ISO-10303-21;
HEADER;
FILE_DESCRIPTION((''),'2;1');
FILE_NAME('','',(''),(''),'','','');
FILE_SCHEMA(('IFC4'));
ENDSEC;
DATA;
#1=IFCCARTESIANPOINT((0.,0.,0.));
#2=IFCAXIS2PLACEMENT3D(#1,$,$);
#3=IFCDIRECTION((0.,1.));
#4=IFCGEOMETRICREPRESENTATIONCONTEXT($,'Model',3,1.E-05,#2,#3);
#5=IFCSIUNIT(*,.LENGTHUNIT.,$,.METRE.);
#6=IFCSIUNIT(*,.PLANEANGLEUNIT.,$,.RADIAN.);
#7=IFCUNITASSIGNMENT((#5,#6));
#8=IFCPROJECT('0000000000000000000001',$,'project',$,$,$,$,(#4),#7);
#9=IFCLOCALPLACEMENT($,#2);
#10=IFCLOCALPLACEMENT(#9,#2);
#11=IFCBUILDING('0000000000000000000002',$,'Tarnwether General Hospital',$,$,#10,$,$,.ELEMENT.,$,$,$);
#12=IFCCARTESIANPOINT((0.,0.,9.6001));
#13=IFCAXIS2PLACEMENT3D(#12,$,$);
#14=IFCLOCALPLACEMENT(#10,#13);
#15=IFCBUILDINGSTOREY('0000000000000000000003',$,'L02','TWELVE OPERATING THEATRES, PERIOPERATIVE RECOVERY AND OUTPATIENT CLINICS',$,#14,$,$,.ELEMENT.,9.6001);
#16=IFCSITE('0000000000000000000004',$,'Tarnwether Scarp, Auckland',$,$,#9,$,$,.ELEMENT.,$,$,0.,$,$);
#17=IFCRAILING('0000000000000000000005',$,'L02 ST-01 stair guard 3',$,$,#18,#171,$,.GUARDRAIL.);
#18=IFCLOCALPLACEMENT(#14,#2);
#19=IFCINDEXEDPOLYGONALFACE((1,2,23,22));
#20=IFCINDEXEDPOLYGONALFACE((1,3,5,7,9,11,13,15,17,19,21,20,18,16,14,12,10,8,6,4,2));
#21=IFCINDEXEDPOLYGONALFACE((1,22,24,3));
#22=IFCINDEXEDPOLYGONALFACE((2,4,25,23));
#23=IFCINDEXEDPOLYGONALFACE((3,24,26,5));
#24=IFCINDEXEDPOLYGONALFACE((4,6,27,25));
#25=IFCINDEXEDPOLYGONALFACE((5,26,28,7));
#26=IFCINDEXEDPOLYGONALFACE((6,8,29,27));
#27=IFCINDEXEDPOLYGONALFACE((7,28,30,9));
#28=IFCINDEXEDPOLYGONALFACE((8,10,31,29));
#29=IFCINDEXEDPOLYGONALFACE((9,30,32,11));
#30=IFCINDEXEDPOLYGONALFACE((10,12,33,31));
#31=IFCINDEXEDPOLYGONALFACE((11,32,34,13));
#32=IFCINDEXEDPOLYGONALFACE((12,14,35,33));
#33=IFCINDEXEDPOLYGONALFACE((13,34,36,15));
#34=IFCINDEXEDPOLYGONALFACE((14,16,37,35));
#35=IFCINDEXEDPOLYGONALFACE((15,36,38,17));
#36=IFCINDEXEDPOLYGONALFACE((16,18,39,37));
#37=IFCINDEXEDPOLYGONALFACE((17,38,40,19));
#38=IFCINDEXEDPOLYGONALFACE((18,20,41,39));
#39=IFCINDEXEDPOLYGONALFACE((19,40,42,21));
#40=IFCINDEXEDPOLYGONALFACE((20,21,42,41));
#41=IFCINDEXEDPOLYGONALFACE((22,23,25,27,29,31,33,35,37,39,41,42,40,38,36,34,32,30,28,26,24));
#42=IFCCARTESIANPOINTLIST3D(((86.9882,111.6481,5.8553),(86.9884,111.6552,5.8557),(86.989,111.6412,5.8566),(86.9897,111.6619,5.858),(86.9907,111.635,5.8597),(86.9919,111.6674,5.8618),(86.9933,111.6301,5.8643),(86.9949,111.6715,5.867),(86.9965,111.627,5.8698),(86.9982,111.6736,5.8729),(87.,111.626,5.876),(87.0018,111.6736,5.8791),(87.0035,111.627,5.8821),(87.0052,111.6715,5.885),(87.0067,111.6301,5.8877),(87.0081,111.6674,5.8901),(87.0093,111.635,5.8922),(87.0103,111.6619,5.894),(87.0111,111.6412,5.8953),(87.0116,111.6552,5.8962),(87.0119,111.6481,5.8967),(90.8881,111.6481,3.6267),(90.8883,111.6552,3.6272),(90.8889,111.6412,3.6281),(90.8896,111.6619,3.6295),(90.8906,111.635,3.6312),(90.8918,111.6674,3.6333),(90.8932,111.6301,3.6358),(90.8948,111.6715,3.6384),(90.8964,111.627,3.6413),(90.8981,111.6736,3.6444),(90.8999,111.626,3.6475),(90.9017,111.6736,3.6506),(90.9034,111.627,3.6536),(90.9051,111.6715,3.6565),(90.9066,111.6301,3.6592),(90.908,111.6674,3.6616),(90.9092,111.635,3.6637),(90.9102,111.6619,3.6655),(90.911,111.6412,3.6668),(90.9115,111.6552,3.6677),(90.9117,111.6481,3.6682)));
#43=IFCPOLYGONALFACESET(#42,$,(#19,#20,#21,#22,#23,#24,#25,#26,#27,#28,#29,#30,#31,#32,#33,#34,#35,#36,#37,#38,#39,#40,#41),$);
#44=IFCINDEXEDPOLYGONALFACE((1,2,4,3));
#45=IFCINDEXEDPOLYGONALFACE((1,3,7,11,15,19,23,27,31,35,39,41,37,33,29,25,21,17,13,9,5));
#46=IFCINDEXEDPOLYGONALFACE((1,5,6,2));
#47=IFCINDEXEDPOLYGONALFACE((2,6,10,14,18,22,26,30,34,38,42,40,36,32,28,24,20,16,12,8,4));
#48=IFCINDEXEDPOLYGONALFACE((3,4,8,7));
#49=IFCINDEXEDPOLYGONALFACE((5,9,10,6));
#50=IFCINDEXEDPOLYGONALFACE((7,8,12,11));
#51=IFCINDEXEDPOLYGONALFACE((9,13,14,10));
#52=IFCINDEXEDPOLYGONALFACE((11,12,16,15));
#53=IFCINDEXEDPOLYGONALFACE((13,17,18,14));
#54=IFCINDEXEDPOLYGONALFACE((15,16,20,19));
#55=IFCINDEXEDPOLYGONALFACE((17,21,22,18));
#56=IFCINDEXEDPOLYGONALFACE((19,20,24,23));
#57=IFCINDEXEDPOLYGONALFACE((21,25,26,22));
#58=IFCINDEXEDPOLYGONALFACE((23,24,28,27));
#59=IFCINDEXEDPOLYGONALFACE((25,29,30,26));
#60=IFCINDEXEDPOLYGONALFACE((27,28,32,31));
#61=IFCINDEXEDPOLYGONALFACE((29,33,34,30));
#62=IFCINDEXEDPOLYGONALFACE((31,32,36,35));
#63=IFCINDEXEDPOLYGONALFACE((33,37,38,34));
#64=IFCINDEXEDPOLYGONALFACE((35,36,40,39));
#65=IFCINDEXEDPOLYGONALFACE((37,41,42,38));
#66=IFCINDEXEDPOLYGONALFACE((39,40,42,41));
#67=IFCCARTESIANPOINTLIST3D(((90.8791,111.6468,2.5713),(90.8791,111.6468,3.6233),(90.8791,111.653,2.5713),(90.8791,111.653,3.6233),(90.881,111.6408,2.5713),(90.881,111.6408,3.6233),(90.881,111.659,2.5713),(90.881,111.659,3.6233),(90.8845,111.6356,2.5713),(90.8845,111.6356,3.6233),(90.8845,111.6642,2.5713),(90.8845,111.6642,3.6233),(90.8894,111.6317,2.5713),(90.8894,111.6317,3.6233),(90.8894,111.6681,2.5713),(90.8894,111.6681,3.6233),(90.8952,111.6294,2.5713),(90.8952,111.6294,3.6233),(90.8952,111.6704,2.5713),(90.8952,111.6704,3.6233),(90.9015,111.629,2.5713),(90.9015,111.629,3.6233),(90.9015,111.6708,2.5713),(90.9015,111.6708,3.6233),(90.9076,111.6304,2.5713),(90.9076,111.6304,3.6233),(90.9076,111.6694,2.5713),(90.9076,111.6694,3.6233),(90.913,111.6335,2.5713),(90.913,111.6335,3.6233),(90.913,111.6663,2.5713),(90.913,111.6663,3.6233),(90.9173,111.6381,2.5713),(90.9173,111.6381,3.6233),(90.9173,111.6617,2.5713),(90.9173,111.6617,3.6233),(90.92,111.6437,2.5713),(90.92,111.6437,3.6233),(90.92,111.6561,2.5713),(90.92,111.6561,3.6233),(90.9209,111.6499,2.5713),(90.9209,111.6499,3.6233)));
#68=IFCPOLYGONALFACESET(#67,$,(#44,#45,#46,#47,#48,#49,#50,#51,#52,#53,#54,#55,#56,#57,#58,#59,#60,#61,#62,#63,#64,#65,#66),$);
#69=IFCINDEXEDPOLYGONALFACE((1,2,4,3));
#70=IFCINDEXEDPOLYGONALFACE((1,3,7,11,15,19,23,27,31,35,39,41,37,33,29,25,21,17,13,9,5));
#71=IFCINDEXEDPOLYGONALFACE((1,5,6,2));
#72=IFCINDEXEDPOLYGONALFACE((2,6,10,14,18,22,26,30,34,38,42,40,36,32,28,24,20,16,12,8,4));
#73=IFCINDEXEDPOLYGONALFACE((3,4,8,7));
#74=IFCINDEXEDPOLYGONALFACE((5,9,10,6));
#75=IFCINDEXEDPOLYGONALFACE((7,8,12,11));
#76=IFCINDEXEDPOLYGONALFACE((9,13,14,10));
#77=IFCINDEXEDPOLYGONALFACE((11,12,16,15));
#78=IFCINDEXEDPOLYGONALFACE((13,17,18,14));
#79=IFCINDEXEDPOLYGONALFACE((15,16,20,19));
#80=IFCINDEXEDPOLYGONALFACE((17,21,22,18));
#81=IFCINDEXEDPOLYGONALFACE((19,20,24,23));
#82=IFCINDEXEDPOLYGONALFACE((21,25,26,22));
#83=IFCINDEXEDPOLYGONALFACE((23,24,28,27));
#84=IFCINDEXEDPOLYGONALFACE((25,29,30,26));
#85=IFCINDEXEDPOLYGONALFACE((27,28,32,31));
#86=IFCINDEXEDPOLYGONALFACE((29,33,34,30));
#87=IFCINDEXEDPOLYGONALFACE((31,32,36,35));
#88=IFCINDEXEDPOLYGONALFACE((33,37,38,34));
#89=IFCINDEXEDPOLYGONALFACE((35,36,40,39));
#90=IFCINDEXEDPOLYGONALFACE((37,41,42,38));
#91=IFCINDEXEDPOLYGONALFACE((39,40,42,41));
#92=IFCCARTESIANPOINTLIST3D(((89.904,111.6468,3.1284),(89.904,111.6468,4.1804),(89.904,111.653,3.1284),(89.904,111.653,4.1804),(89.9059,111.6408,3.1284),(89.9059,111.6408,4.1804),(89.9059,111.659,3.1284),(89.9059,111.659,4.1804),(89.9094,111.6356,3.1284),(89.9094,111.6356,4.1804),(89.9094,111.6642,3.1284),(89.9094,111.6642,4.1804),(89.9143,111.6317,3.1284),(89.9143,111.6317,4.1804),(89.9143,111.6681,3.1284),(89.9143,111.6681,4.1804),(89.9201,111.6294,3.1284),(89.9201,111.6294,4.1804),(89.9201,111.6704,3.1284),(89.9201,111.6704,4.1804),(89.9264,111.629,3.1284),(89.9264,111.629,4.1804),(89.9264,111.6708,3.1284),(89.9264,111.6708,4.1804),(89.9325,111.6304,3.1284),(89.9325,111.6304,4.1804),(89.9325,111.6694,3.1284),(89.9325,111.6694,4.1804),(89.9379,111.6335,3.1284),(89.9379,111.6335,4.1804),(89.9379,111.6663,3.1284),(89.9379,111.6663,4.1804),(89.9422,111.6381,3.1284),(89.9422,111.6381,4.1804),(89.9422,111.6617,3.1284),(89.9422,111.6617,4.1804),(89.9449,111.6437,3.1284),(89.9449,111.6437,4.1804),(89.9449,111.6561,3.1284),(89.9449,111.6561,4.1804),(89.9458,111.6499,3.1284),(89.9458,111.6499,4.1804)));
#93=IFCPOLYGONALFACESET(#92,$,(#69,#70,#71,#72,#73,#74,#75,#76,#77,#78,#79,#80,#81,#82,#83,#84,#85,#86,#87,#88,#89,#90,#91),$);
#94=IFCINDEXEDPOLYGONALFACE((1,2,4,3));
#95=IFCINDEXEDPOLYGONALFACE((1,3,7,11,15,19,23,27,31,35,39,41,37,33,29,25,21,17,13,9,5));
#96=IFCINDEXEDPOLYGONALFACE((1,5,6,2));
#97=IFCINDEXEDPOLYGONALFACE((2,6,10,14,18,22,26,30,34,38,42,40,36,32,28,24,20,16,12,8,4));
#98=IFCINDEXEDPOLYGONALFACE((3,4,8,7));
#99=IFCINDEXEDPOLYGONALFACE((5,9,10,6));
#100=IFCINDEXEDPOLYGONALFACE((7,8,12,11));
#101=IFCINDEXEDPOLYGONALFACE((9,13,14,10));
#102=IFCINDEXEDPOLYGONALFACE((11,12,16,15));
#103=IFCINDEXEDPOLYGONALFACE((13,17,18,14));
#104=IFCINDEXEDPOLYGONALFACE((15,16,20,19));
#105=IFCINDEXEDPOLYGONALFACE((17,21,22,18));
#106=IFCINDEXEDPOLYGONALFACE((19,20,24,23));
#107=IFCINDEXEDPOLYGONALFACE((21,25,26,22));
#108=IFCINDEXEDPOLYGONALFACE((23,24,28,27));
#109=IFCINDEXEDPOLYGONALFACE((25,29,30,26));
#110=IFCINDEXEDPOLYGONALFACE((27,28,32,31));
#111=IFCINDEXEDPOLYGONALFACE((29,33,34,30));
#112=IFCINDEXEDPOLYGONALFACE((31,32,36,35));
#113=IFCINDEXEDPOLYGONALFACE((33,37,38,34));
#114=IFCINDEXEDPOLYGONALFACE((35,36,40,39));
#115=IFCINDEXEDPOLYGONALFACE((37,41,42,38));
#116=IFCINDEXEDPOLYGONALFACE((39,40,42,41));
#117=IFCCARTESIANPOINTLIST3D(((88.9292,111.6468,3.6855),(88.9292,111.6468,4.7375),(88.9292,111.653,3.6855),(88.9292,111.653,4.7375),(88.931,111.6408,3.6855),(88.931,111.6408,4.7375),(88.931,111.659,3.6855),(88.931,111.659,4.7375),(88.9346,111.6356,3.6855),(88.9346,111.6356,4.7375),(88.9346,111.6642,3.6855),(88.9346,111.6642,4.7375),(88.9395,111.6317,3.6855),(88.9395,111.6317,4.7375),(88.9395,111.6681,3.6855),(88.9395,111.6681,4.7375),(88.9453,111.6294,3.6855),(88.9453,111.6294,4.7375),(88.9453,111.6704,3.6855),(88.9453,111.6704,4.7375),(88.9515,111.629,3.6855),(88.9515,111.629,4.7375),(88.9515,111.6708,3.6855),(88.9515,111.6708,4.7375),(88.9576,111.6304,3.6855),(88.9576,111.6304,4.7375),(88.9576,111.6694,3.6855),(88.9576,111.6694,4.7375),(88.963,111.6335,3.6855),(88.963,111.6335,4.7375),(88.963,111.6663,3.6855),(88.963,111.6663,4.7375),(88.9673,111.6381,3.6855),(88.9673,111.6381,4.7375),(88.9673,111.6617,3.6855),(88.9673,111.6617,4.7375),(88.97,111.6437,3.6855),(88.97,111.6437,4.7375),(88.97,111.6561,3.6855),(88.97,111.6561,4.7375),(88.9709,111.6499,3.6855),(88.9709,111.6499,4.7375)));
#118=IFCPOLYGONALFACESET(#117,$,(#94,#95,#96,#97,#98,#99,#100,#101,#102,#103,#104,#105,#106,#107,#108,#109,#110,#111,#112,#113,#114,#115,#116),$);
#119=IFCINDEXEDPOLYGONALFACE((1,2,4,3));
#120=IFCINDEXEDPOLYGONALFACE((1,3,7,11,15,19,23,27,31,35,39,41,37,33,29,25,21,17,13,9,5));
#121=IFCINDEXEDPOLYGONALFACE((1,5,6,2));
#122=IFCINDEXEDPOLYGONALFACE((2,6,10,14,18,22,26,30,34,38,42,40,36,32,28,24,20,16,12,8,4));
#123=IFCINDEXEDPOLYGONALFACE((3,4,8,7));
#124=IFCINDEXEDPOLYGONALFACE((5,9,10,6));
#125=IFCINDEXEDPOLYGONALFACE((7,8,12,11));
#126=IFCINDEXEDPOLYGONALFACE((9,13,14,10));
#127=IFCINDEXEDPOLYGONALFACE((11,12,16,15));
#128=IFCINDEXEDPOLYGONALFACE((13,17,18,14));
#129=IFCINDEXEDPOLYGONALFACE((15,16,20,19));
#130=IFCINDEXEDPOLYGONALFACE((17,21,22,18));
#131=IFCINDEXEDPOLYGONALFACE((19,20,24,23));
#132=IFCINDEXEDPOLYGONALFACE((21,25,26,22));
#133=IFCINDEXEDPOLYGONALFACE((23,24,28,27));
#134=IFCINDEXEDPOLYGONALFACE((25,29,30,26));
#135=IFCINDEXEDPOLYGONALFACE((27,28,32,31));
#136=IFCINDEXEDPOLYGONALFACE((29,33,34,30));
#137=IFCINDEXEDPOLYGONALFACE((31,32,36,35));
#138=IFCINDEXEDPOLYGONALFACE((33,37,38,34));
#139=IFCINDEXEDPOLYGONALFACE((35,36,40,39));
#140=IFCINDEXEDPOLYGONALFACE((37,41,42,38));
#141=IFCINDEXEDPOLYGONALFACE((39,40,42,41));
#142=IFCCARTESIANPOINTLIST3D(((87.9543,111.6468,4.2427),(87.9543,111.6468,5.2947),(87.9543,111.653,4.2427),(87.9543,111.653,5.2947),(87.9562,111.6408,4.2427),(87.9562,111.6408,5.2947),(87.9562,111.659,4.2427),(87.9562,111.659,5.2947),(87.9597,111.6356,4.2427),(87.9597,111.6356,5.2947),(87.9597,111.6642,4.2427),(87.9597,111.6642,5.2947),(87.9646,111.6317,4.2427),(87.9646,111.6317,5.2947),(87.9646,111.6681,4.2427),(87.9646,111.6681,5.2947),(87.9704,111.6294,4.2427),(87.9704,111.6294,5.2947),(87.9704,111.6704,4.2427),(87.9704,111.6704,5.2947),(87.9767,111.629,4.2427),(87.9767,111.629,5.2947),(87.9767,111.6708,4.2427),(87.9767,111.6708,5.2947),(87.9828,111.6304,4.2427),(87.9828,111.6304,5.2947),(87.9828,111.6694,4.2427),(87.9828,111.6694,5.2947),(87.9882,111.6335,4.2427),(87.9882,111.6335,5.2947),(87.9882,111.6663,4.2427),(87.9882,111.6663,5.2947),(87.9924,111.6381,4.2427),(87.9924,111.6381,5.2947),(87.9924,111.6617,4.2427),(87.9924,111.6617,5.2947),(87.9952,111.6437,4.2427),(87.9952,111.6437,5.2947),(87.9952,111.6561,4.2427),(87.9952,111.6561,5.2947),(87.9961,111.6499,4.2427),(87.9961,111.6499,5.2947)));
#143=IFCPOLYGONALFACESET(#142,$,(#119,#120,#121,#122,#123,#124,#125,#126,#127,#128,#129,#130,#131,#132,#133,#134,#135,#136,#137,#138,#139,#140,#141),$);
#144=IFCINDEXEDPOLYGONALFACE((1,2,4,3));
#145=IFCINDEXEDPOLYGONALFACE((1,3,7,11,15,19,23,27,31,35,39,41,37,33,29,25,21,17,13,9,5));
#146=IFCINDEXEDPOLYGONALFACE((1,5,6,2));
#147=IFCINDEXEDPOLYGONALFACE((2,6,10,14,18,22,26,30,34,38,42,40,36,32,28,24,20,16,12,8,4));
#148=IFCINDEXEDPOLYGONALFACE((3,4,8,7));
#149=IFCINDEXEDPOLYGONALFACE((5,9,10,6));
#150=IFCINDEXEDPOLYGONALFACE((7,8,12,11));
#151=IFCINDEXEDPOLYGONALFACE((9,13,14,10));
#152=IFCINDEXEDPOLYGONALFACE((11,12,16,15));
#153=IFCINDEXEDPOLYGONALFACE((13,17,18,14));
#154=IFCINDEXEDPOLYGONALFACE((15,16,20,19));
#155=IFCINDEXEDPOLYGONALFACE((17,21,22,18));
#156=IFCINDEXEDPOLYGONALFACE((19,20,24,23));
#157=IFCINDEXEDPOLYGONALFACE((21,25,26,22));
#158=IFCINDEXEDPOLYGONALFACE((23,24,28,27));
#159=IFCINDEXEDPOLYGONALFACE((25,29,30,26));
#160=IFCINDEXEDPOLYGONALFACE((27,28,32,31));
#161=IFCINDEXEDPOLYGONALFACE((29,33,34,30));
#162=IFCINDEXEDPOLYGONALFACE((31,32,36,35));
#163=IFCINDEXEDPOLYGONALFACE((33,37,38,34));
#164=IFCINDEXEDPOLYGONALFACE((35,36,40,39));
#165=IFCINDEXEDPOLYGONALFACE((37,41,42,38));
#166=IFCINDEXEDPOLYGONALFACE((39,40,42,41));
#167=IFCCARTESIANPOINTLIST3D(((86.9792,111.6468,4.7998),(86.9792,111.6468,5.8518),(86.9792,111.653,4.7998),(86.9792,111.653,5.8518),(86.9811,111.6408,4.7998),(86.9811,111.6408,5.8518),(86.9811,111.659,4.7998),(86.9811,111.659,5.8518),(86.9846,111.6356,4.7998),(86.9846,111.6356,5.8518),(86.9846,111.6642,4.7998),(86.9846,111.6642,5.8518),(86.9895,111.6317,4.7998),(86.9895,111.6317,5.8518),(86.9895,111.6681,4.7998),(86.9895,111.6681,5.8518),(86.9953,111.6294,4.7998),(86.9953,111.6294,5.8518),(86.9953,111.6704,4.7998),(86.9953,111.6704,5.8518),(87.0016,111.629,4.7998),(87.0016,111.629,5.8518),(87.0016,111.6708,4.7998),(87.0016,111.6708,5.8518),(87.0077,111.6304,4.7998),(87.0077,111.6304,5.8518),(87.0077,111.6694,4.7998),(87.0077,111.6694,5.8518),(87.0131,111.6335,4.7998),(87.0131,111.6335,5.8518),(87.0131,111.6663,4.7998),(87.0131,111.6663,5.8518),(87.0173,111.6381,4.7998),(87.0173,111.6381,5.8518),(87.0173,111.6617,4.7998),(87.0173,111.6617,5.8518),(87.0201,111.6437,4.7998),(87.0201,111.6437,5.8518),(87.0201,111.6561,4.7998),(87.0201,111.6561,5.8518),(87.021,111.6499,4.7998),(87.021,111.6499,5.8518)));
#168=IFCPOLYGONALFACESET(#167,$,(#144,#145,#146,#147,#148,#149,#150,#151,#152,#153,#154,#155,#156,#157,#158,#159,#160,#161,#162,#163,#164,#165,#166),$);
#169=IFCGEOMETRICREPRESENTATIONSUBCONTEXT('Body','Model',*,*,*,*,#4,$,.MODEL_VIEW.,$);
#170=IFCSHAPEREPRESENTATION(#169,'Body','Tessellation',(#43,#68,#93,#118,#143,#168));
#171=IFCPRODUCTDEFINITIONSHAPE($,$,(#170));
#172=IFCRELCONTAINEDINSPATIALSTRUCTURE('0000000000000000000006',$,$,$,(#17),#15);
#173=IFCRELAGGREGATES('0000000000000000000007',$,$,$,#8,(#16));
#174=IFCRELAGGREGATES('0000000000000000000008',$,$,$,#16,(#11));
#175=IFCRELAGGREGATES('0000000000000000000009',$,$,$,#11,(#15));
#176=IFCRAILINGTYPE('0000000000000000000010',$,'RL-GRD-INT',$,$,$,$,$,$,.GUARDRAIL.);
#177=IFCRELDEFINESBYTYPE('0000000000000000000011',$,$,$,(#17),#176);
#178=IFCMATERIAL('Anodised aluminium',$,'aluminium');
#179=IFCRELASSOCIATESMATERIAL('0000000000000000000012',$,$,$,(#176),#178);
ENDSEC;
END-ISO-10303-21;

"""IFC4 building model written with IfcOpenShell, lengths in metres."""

from ifc_helpers import new_model, si_unit, direction, frame, origin, origin_2d, place, context, subcontext, project, spatial, circle, extrude, material, type_object, element, save


model = new_model("IFC4")

# Units and contexts
model_context = context("Model", 3, precision=1e-05, world=origin(), true_north=direction((0.0, 1.0)))
body_context = subcontext(model_context, "Body", "Model", "MODEL_VIEW")
ifc_project = project(units=[si_unit("LENGTHUNIT", "METRE"), si_unit("PLANEANGLEUNIT", "RADIAN")], contexts=[model_context])

# Site, building, storey
site_placement = place(None, origin())
site = spatial("IfcSite", under=ifc_project, at=site_placement, Name="Tarnwether Scarp, Auckland", CompositionType="ELEMENT", RefElevation=0.0)
building_placement = place(site_placement, origin())
building = spatial("IfcBuilding", under=site, at=building_placement, Name="Tarnwether General Hospital", CompositionType="ELEMENT")
storey_placement = place(building_placement, frame((0.0, 0.0, 9.6001)))
storey = spatial("IfcBuildingStorey", under=building, at=storey_placement, Name="L02", Description="TWELVE OPERATING THEATRES, PERIOPERATIVE RECOVERY AND OUTPATIENT CLINICS", CompositionType="ELEMENT", Elevation=9.6001)

# Railing
ifc_material_1 = material(Name="Anodised aluminium", Category="aluminium")
railing_type_1 = type_object("IfcRailingType", Name="RL-GRD-INT", PredefinedType="GUARDRAIL", material=ifc_material_1)
railing_1_placement = place(storey_placement, frame((90.8999, 111.6499, 2.5713)))
element("IfcRailing", 1, at=railing_1_placement, inside=storey, type_object=railing_type_1, Name="L02 ST-01 stair guard 3", PredefinedType="GUARDRAIL", context=body_context, shape_type="SweptSolid", body=[
    extrude(circle(Radius=0.0239, at=origin_2d()), frame((0.0, 0.0, 1.0762), z_axis=(-0.868243, 0.0, 0.496139), x_axis=(0.0, -1.0, 0.0)), (0.0, 0.0, 1.0), 4.4917),
    extrude(circle(Radius=0.021, at=origin_2d()), origin(), (0.0, 0.0, 1.0), 1.052),
    extrude(circle(Radius=0.021, at=origin_2d()), frame((-0.9751, 0.0, 0.5571)), (0.0, 0.0, 1.0), 1.052),
    extrude(circle(Radius=0.021, at=origin_2d()), frame((-1.95, 0.0, 1.1143)), (0.0, 0.0, 1.0), 1.052),
    extrude(circle(Radius=0.021, at=origin_2d()), frame((-2.9248, 0.0, 1.6714)), (0.0, 0.0, 1.0), 1.052),
    extrude(circle(Radius=0.021, at=origin_2d()), frame((-3.8999, 0.0, 2.2285)), (0.0, 0.0, 1.0), 1.052),
])

save(model, "model.ifc")
